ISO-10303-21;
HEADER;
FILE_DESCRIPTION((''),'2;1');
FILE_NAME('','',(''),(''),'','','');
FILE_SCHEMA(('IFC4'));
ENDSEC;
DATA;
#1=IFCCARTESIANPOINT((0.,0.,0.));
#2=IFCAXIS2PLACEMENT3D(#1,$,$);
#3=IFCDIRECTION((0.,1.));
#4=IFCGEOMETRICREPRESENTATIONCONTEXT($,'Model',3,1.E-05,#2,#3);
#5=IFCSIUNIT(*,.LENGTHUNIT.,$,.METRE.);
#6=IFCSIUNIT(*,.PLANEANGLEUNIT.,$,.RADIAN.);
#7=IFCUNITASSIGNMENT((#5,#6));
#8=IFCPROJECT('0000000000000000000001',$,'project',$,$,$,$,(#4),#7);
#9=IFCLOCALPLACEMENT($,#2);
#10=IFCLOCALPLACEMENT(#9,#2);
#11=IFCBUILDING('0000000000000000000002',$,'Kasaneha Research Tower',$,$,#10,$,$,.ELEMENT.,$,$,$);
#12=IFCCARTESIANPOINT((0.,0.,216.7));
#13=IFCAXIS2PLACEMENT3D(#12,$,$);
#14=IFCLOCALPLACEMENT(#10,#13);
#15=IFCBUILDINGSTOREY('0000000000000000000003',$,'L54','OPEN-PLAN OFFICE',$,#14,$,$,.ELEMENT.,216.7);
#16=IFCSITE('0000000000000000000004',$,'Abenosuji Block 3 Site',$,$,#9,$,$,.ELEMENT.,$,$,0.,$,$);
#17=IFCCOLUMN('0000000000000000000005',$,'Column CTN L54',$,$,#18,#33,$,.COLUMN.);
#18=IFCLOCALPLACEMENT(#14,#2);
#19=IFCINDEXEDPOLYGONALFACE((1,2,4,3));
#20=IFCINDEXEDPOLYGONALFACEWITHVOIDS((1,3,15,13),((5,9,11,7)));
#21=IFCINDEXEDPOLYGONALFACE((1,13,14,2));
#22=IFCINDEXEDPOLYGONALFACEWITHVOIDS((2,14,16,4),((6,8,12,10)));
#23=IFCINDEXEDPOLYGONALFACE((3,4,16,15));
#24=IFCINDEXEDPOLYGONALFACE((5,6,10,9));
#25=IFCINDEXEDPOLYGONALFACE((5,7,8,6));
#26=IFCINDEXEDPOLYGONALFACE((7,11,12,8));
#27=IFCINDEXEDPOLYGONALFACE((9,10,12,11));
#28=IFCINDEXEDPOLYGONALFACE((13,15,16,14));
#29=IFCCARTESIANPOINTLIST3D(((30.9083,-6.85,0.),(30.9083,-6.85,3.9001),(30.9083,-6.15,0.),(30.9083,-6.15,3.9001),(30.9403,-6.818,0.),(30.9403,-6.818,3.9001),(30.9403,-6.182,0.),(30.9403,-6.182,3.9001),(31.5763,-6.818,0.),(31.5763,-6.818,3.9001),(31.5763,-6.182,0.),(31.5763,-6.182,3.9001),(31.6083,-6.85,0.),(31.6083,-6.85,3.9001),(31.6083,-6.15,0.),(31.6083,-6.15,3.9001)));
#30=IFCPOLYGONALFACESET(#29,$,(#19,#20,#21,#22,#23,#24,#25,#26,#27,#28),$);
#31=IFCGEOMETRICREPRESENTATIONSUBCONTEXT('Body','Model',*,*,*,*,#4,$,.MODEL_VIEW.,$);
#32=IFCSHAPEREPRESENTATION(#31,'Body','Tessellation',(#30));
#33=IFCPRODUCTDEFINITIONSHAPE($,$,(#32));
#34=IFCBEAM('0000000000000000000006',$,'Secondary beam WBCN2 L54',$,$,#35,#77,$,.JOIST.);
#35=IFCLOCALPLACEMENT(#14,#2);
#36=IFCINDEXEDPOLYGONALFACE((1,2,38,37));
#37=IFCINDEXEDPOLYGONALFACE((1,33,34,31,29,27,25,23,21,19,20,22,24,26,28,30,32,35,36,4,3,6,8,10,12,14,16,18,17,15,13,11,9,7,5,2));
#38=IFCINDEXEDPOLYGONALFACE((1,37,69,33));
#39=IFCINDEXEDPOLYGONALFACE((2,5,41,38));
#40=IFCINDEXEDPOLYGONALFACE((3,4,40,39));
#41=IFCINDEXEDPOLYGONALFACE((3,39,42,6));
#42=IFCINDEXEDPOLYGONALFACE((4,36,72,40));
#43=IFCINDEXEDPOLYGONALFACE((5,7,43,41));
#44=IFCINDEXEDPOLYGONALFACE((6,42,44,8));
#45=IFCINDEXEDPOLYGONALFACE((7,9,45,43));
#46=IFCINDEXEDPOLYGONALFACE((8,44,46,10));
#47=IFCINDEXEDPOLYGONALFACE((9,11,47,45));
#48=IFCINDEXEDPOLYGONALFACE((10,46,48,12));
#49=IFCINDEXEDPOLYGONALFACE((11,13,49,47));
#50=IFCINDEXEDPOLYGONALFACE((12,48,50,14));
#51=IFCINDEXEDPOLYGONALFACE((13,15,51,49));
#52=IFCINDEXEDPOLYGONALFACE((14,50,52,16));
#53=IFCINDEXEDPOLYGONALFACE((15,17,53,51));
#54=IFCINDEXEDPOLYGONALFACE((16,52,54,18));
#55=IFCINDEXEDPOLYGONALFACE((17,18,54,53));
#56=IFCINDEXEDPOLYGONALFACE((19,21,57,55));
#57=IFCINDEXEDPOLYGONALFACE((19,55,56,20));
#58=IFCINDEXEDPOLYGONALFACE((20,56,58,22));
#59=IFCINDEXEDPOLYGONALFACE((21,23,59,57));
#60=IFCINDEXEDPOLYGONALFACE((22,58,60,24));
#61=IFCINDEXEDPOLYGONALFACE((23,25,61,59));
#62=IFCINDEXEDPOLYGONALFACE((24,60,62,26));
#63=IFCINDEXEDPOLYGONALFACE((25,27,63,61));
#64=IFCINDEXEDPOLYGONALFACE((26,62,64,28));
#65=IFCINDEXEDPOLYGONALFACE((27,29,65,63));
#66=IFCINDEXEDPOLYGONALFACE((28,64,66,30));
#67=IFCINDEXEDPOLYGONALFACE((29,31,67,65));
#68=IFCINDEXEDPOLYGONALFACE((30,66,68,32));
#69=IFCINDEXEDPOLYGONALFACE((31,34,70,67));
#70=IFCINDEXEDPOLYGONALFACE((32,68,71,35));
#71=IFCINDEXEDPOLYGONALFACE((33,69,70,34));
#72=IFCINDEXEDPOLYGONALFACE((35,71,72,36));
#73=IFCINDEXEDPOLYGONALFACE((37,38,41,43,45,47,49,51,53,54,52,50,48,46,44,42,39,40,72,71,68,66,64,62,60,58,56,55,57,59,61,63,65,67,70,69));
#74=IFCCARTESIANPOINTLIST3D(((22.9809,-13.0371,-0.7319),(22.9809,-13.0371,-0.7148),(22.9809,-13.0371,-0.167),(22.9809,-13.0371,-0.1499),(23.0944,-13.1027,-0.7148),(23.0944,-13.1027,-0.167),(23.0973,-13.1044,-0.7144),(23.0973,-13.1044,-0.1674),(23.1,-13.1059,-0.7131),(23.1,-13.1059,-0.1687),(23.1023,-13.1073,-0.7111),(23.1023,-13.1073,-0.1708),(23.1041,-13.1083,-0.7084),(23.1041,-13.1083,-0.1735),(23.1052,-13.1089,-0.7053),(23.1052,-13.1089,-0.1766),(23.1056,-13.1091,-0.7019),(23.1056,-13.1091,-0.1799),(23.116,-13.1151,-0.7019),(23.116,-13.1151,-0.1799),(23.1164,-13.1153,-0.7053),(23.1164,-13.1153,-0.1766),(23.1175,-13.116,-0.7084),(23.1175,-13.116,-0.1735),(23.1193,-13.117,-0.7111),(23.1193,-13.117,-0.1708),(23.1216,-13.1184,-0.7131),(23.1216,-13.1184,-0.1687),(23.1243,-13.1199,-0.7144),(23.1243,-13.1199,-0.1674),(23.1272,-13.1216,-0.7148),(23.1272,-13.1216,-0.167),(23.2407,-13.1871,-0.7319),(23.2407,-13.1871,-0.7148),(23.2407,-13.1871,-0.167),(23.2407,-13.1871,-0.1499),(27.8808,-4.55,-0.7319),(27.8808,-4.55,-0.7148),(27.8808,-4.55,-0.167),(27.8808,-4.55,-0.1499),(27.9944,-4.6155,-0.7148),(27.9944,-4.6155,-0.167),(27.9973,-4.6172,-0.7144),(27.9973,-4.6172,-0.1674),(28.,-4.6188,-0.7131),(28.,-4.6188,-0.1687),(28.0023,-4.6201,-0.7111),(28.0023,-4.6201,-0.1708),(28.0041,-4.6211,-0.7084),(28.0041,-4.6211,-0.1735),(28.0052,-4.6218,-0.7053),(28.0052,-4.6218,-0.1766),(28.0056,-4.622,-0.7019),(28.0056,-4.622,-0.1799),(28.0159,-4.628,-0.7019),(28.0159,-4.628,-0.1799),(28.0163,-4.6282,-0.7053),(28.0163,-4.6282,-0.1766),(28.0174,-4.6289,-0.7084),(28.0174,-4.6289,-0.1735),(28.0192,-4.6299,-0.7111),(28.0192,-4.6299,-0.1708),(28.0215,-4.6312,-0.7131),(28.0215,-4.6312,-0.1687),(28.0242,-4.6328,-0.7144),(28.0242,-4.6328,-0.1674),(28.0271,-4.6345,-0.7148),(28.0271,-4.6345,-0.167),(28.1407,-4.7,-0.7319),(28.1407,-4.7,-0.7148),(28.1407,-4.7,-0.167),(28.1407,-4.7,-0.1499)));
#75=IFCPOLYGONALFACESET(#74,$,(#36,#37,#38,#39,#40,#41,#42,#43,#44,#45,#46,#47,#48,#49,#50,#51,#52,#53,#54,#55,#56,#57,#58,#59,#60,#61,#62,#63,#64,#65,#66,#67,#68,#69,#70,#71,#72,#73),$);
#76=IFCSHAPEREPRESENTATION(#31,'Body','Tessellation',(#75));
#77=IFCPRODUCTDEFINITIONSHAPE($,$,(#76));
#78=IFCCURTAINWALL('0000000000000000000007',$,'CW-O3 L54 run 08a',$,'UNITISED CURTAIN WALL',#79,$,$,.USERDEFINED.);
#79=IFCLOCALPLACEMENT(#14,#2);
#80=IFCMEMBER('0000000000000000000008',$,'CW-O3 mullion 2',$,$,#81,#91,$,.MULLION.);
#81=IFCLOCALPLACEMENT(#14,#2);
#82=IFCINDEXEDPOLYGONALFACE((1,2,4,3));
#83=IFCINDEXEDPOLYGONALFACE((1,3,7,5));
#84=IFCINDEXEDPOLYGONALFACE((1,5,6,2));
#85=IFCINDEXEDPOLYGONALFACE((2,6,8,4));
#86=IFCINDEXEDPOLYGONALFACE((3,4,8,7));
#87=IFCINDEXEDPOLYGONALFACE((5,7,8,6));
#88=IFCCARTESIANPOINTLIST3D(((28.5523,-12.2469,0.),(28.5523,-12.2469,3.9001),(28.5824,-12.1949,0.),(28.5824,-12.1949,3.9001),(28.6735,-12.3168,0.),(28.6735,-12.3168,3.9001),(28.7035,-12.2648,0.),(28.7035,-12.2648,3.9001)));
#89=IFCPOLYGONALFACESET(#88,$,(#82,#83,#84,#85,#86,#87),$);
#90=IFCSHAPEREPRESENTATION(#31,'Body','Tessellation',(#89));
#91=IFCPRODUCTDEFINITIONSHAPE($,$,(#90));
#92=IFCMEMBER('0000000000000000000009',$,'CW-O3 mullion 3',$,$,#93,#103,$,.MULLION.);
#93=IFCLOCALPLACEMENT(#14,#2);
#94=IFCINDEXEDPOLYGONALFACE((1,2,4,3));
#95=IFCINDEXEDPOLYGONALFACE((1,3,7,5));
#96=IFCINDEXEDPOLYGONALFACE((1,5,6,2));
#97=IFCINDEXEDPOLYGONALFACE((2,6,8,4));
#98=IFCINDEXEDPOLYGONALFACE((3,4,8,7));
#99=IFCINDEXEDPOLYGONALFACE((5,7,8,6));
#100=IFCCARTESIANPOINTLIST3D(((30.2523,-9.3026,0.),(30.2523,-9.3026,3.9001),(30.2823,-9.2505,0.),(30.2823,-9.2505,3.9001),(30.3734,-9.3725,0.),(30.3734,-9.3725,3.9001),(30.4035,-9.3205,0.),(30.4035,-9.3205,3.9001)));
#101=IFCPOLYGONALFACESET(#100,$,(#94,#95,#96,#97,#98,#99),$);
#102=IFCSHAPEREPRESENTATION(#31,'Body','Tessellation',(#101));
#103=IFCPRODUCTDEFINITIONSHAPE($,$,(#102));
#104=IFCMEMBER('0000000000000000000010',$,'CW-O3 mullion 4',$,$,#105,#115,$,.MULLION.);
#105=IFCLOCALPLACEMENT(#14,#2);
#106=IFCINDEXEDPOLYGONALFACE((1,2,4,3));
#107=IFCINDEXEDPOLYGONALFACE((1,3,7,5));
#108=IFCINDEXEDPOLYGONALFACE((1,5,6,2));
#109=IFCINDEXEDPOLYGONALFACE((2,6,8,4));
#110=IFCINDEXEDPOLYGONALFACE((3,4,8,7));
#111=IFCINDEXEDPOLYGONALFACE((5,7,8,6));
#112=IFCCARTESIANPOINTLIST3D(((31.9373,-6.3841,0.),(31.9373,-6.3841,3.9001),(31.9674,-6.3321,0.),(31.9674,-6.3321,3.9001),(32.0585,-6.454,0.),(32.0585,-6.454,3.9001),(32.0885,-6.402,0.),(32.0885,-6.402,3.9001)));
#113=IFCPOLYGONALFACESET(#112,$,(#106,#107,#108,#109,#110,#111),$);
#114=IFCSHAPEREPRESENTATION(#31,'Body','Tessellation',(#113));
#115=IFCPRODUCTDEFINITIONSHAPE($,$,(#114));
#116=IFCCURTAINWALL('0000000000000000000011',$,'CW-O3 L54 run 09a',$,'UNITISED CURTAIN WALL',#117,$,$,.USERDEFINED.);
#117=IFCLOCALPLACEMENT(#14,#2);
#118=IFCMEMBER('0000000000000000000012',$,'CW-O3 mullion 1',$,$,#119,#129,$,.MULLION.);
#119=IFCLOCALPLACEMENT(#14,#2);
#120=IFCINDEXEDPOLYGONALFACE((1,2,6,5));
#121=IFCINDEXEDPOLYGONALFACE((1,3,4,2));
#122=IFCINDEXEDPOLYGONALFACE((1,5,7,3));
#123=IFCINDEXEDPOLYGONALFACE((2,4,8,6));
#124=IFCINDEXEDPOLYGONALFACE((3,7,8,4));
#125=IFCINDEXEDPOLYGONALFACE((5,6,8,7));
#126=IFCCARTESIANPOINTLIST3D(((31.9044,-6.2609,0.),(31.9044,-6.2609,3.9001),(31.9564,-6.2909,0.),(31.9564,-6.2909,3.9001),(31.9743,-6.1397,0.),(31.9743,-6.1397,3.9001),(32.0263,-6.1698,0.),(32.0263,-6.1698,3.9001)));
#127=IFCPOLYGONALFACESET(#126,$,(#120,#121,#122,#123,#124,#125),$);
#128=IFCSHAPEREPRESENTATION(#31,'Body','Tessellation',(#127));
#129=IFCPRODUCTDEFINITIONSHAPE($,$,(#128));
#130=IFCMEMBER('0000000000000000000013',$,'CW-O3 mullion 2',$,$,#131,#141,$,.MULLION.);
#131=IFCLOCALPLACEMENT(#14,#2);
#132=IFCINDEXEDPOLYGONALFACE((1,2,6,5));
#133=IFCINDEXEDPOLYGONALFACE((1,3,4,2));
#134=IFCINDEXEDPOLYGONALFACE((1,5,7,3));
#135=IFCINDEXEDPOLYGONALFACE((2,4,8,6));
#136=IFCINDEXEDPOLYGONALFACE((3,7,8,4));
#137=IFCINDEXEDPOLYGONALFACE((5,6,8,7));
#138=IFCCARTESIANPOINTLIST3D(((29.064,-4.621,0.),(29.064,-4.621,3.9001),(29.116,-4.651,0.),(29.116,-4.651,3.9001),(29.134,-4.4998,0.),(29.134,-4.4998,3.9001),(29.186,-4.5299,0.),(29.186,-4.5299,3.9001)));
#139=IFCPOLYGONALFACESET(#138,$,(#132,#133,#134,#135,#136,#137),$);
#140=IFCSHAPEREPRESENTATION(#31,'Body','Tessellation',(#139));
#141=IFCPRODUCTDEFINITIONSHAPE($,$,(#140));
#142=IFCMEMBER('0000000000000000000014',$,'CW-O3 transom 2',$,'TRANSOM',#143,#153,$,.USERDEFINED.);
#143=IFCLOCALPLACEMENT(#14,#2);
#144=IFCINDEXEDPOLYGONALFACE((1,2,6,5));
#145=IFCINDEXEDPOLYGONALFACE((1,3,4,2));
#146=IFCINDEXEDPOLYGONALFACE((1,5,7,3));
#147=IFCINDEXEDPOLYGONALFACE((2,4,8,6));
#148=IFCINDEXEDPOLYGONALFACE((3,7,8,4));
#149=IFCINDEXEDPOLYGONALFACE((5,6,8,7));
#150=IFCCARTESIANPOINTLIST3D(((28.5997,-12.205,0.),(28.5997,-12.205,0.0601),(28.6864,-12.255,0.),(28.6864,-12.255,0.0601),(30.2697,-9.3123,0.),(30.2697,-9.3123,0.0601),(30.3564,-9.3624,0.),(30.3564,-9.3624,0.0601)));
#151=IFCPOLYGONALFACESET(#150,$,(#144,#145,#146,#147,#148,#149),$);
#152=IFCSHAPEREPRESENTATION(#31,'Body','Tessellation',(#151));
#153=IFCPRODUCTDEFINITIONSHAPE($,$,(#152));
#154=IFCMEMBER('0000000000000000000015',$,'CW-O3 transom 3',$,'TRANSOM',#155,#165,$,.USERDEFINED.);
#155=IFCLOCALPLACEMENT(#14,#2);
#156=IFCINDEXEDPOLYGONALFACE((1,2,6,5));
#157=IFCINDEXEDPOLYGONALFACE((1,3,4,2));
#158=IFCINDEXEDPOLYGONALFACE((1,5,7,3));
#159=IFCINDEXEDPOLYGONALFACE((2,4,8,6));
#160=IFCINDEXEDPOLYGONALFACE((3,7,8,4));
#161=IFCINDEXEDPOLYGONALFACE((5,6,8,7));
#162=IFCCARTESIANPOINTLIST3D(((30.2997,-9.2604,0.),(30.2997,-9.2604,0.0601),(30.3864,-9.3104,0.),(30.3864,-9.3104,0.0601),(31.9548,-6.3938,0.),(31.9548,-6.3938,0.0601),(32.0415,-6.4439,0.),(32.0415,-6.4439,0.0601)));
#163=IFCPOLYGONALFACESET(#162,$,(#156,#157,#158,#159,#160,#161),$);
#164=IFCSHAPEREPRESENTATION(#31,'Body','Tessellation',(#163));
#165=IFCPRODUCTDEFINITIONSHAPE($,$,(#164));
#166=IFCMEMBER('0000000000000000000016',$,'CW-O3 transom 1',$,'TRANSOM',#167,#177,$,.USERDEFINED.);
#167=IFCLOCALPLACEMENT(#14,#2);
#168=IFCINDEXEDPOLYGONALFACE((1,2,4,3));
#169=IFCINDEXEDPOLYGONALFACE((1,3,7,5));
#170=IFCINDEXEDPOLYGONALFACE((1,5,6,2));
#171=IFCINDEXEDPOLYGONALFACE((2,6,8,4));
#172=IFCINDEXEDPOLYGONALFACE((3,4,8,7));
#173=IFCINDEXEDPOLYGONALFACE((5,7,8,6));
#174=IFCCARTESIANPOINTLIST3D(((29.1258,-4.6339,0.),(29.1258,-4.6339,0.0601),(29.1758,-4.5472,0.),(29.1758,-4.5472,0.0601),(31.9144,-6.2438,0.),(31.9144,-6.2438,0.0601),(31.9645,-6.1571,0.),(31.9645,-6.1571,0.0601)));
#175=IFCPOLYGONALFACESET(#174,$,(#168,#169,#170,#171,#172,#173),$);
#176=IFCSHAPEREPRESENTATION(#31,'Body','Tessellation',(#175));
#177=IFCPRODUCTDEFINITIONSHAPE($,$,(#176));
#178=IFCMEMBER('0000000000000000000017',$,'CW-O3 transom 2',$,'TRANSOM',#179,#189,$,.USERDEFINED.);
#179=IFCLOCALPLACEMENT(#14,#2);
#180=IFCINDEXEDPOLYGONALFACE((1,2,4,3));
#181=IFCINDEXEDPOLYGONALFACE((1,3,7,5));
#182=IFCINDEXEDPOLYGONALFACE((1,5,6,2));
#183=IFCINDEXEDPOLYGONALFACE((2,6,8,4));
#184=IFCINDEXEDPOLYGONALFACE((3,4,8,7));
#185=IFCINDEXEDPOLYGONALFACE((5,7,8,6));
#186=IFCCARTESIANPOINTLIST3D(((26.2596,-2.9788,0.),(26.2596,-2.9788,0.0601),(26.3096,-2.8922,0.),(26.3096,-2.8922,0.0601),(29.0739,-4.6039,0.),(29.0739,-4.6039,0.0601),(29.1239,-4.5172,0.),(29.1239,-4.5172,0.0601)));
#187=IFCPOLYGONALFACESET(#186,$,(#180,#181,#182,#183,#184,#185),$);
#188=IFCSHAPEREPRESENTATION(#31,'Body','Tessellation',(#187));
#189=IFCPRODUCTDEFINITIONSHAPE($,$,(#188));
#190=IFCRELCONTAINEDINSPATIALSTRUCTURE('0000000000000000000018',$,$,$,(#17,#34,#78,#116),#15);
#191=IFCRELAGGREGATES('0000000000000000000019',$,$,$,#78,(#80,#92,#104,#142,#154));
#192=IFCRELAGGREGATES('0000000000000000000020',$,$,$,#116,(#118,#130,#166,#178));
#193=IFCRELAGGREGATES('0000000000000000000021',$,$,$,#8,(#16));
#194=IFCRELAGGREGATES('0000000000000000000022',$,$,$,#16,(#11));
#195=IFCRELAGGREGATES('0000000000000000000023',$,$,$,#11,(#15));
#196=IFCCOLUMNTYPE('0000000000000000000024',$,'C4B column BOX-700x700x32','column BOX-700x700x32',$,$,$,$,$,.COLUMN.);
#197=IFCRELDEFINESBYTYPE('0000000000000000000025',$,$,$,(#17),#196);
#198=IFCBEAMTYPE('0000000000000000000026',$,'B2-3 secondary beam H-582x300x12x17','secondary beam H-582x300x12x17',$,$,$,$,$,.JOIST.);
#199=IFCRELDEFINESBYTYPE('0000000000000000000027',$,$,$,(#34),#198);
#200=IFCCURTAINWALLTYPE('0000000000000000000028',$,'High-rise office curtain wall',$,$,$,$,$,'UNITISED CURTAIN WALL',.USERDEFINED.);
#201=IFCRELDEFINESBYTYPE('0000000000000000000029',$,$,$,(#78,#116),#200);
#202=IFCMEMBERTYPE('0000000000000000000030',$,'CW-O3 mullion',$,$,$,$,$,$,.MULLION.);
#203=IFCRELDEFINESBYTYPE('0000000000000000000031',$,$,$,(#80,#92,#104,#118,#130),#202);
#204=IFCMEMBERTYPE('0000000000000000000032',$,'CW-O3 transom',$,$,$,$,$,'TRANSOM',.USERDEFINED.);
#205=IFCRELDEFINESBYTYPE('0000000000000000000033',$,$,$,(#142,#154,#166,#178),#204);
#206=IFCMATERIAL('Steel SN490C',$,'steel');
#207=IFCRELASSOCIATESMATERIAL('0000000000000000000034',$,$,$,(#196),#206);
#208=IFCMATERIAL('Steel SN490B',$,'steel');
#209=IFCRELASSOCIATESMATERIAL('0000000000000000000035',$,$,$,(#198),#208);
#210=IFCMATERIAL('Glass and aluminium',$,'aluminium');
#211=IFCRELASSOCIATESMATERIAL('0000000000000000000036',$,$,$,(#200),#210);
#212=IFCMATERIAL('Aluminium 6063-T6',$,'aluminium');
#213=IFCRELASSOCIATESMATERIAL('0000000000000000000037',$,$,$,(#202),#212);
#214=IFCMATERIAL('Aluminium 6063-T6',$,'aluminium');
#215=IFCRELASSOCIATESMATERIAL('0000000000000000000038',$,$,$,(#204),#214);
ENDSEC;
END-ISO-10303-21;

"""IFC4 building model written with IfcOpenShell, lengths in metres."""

from ifc_helpers import new_model, si_unit, direction, frame, origin, origin_2d, place, context, subcontext, project, spatial, rectangle, hollow_rectangle, i_section, extrude, material, material_profile, profile_set, type_object, element, aggregate, save


model = new_model("IFC4")

# Units and contexts
model_context = context("Model", 3, precision=1e-05, world=origin(), true_north=direction((0.0, 1.0)))
body_context = subcontext(model_context, "Body", "Model", "MODEL_VIEW")
ifc_project = project(units=[si_unit("LENGTHUNIT", "METRE"), si_unit("PLANEANGLEUNIT", "RADIAN")], contexts=[model_context])

# Site, building, storey
site_placement = place(None, origin())
site = spatial("IfcSite", under=ifc_project, at=site_placement, Name="Abenosuji Block 3 Site", CompositionType="ELEMENT", RefElevation=0.0)
building_placement = place(site_placement, origin())
building = spatial("IfcBuilding", under=site, at=building_placement, Name="Kasaneha Research Tower", CompositionType="ELEMENT")
storey_placement = place(building_placement, frame((0.0, 0.0, 216.7)))
storey = spatial("IfcBuildingStorey", under=building, at=storey_placement, Name="L54", Description="OPEN-PLAN OFFICE", CompositionType="ELEMENT", Elevation=216.7)

# Column
ifc_material_1 = material(Name="Steel SN490C", Category="steel")
ifc_material_profile_1 = material_profile(ifc_material_1, hollow_rectangle(XDim=0.7, YDim=0.7, WallThickness=0.032, at=origin_2d()), Name="BOX-700x700x32")
ifc_profile_set_1 = profile_set([ifc_material_profile_1], Name="Steel SN490C")
column_type = type_object("IfcColumnType", Name="C4B column BOX-700x700x32", Description="column BOX-700x700x32", PredefinedType="COLUMN", material=ifc_profile_set_1)
column_placement = place(storey_placement, frame((31.2583, -6.5, 0.0), z_axis=(0.0, 0.0, 1.0), x_axis=(1.0, 0.0, 0.0)))
element("IfcColumn", 1, at=column_placement, inside=storey, type_object=column_type, Name="Column CTN L54", PredefinedType="COLUMN", context=body_context, shape_type="SweptSolid", body=[
    extrude(hollow_rectangle(XDim=0.7, YDim=0.7, WallThickness=0.032, at=origin_2d()), origin(), (0.0, 0.0, 1.0), 3.9001),
])

# Beam
ifc_material_2 = material(Name="Steel SN490B", Category="steel")
ifc_material_profile_2 = material_profile(ifc_material_2, i_section(OverallWidth=0.3, OverallDepth=0.582, WebThickness=0.012, FlangeThickness=0.0171, FilletRadius=0.0129, at=origin_2d()), Name="H-582x300x12x17")
ifc_profile_set_2 = profile_set([ifc_material_profile_2], Name="Steel SN490B")
beam_type_1 = type_object("IfcBeamType", Name="B2-3 secondary beam H-582x300x12x17", Description="secondary beam H-582x300x12x17", PredefinedType="JOIST", material=ifc_profile_set_2)
beam_1_placement = place(storey_placement, frame((28.0107, -4.625, -0.4409), z_axis=(-0.499992, -0.86603, 0.0), x_axis=(0.86603, -0.499992, 0.0)))
element("IfcBeam", 2, at=beam_1_placement, inside=storey, type_object=beam_type_1, Name="Secondary beam WBCN2 L54", PredefinedType="JOIST", context=body_context, shape_type="SweptSolid", body=[
    extrude(i_section(OverallWidth=0.3, OverallDepth=0.582, WebThickness=0.012, FlangeThickness=0.0171, FilletRadius=0.0129, at=origin_2d()), origin(), (0.0, 0.0, 1.0), 9.8),
])

# Curtain walls, members
ifc_material_3 = material(Name="Glass and aluminium", Category="aluminium")
curtain_wall_type = type_object("IfcCurtainWallType", Name="High-rise office curtain wall", ElementType="UNITISED CURTAIN WALL", PredefinedType="USERDEFINED", material=ifc_material_3)
curtain_wall_1_placement = place(storey_placement, origin())
curtain_wall_1 = element("IfcCurtainWall", 3, at=curtain_wall_1_placement, inside=storey, type_object=curtain_wall_type, Name="CW-O3 L54 run 08a", ObjectType="UNITISED CURTAIN WALL", PredefinedType="USERDEFINED")
ifc_material_4 = material(Name="Aluminium 6063-T6", Category="aluminium")
ifc_material_profile_3 = material_profile(ifc_material_4, rectangle(XDim=0.0601, YDim=0.1399, at=origin_2d()), Name="CW-O3 mullion 60x140")
ifc_profile_set_3 = profile_set([ifc_material_profile_3], Name="Aluminium 6063-T6")
member_type_1 = type_object("IfcMemberType", Name="CW-O3 mullion", PredefinedType="MULLION", material=ifc_profile_set_3)
member_1_placement = place(storey_placement, frame((28.6279, -12.2559, 0.0), z_axis=(0.0, 0.0, 1.0), x_axis=(0.5, 0.866025, 0.0)))
member_1 = element("IfcMember", 4, at=member_1_placement, type_object=member_type_1, Name="CW-O3 mullion 2", PredefinedType="MULLION", context=body_context, shape_type="SweptSolid", body=[
    extrude(rectangle(XDim=0.0601, YDim=0.1399, at=origin_2d()), origin(), (0.0, 0.0, 1.0), 3.9001),
])
member_2_placement = place(storey_placement, frame((30.3279, -9.3115, 0.0), z_axis=(0.0, 0.0, 1.0), x_axis=(0.5, 0.866025, 0.0)))
member_2 = element("IfcMember", 5, at=member_2_placement, type_object=member_type_1, Name="CW-O3 mullion 3", PredefinedType="MULLION", context=body_context, shape_type="SweptSolid", body=[
    extrude(rectangle(XDim=0.0601, YDim=0.1399, at=origin_2d()), origin(), (0.0, 0.0, 1.0), 3.9001),
])
member_3_placement = place(storey_placement, frame((32.0129, -6.3931, 0.0), z_axis=(0.0, 0.0, 1.0), x_axis=(0.5, 0.866025, 0.0)))
member_3 = element("IfcMember", 6, at=member_3_placement, type_object=member_type_1, Name="CW-O3 mullion 4", PredefinedType="MULLION", context=body_context, shape_type="SweptSolid", body=[
    extrude(rectangle(XDim=0.0601, YDim=0.1399, at=origin_2d()), origin(), (0.0, 0.0, 1.0), 3.9001),
])
curtain_wall_2_placement = place(storey_placement, origin())
curtain_wall_2 = element("IfcCurtainWall", 7, at=curtain_wall_2_placement, inside=storey, type_object=curtain_wall_type, Name="CW-O3 L54 run 09a", ObjectType="UNITISED CURTAIN WALL", PredefinedType="USERDEFINED")
member_4_placement = place(storey_placement, frame((31.9653, -6.2153, 0.0), z_axis=(0.0, 0.0, 1.0), x_axis=(-0.866025, 0.5, 0.0)))
member_4 = element("IfcMember", 8, at=member_4_placement, type_object=member_type_1, Name="CW-O3 mullion 1", PredefinedType="MULLION", context=body_context, shape_type="SweptSolid", body=[
    extrude(rectangle(XDim=0.0601, YDim=0.1399, at=origin_2d()), origin(), (0.0, 0.0, 1.0), 3.9001),
])
member_5_placement = place(storey_placement, frame((29.125, -4.5754, 0.0), z_axis=(0.0, 0.0, 1.0), x_axis=(-0.866025, 0.5, 0.0)))
member_5 = element("IfcMember", 9, at=member_5_placement, type_object=member_type_1, Name="CW-O3 mullion 2", PredefinedType="MULLION", context=body_context, shape_type="SweptSolid", body=[
    extrude(rectangle(XDim=0.0601, YDim=0.1399, at=origin_2d()), origin(), (0.0, 0.0, 1.0), 3.9001),
])

# Members
ifc_material_5 = material(Name="Aluminium 6063-T6", Category="aluminium")
ifc_material_profile_4 = material_profile(ifc_material_5, rectangle(XDim=0.1001, YDim=0.0601, at=origin_2d()), Name="CW-O3 transom 100x60")
ifc_profile_set_4 = profile_set([ifc_material_profile_4], Name="Aluminium 6063-T6")
member_type_2 = type_object("IfcMemberType", Name="CW-O3 transom", ElementType="TRANSOM", PredefinedType="USERDEFINED", material=ifc_profile_set_4)
member_6_placement = place(storey_placement, frame((28.6431, -12.23, 0.03), z_axis=(0.499976, 0.86604, 0.0), x_axis=(-0.86604, 0.499976, 0.0)))
member_6 = element("IfcMember", 10, at=member_6_placement, type_object=member_type_2, Name="CW-O3 transom 2", ObjectType="TRANSOM", PredefinedType="USERDEFINED", context=body_context, shape_type="SweptSolid", body=[
    extrude(rectangle(XDim=0.1001, YDim=0.0601, at=origin_2d()), origin(), (0.0, 0.0, 1.0), 3.3401),
])
member_7_placement = place(storey_placement, frame((30.343, -9.2854, 0.03), z_axis=(0.500018, 0.866015, 0.0), x_axis=(-0.866015, 0.500018, 0.0)))
member_7 = element("IfcMember", 11, at=member_7_placement, type_object=member_type_2, Name="CW-O3 transom 3", ObjectType="TRANSOM", PredefinedType="USERDEFINED", context=body_context, shape_type="SweptSolid", body=[
    extrude(rectangle(XDim=0.1001, YDim=0.0601, at=origin_2d()), origin(), (0.0, 0.0, 1.0), 3.3101),
])
member_8_placement = place(storey_placement, frame((31.9395, -6.2004, 0.03), z_axis=(-0.866042, 0.499972, 0.0), x_axis=(-0.499972, -0.866042, 0.0)))
member_8 = element("IfcMember", 12, at=member_8_placement, type_object=member_type_2, Name="CW-O3 transom 1", ObjectType="TRANSOM", PredefinedType="USERDEFINED", context=body_context, shape_type="SweptSolid", body=[
    extrude(rectangle(XDim=0.1001, YDim=0.0601, at=origin_2d()), origin(), (0.0, 0.0, 1.0), 3.22),
])
member_9_placement = place(storey_placement, frame((29.0989, -4.5605, 0.03), z_axis=(-0.865997, 0.50005, 0.0), x_axis=(-0.50005, -0.865997, 0.0)))
member_9 = element("IfcMember", 13, at=member_9_placement, type_object=member_type_2, Name="CW-O3 transom 2", ObjectType="TRANSOM", PredefinedType="USERDEFINED", context=body_context, shape_type="SweptSolid", body=[
    extrude(rectangle(XDim=0.1001, YDim=0.0601, at=origin_2d()), origin(), (0.0, 0.0, 1.0), 3.2498),
])

aggregate(curtain_wall_1, [member_1, member_2, member_3, member_6, member_7])
aggregate(curtain_wall_2, [member_4, member_5, member_8, member_9])

save(model, "model.ifc")
